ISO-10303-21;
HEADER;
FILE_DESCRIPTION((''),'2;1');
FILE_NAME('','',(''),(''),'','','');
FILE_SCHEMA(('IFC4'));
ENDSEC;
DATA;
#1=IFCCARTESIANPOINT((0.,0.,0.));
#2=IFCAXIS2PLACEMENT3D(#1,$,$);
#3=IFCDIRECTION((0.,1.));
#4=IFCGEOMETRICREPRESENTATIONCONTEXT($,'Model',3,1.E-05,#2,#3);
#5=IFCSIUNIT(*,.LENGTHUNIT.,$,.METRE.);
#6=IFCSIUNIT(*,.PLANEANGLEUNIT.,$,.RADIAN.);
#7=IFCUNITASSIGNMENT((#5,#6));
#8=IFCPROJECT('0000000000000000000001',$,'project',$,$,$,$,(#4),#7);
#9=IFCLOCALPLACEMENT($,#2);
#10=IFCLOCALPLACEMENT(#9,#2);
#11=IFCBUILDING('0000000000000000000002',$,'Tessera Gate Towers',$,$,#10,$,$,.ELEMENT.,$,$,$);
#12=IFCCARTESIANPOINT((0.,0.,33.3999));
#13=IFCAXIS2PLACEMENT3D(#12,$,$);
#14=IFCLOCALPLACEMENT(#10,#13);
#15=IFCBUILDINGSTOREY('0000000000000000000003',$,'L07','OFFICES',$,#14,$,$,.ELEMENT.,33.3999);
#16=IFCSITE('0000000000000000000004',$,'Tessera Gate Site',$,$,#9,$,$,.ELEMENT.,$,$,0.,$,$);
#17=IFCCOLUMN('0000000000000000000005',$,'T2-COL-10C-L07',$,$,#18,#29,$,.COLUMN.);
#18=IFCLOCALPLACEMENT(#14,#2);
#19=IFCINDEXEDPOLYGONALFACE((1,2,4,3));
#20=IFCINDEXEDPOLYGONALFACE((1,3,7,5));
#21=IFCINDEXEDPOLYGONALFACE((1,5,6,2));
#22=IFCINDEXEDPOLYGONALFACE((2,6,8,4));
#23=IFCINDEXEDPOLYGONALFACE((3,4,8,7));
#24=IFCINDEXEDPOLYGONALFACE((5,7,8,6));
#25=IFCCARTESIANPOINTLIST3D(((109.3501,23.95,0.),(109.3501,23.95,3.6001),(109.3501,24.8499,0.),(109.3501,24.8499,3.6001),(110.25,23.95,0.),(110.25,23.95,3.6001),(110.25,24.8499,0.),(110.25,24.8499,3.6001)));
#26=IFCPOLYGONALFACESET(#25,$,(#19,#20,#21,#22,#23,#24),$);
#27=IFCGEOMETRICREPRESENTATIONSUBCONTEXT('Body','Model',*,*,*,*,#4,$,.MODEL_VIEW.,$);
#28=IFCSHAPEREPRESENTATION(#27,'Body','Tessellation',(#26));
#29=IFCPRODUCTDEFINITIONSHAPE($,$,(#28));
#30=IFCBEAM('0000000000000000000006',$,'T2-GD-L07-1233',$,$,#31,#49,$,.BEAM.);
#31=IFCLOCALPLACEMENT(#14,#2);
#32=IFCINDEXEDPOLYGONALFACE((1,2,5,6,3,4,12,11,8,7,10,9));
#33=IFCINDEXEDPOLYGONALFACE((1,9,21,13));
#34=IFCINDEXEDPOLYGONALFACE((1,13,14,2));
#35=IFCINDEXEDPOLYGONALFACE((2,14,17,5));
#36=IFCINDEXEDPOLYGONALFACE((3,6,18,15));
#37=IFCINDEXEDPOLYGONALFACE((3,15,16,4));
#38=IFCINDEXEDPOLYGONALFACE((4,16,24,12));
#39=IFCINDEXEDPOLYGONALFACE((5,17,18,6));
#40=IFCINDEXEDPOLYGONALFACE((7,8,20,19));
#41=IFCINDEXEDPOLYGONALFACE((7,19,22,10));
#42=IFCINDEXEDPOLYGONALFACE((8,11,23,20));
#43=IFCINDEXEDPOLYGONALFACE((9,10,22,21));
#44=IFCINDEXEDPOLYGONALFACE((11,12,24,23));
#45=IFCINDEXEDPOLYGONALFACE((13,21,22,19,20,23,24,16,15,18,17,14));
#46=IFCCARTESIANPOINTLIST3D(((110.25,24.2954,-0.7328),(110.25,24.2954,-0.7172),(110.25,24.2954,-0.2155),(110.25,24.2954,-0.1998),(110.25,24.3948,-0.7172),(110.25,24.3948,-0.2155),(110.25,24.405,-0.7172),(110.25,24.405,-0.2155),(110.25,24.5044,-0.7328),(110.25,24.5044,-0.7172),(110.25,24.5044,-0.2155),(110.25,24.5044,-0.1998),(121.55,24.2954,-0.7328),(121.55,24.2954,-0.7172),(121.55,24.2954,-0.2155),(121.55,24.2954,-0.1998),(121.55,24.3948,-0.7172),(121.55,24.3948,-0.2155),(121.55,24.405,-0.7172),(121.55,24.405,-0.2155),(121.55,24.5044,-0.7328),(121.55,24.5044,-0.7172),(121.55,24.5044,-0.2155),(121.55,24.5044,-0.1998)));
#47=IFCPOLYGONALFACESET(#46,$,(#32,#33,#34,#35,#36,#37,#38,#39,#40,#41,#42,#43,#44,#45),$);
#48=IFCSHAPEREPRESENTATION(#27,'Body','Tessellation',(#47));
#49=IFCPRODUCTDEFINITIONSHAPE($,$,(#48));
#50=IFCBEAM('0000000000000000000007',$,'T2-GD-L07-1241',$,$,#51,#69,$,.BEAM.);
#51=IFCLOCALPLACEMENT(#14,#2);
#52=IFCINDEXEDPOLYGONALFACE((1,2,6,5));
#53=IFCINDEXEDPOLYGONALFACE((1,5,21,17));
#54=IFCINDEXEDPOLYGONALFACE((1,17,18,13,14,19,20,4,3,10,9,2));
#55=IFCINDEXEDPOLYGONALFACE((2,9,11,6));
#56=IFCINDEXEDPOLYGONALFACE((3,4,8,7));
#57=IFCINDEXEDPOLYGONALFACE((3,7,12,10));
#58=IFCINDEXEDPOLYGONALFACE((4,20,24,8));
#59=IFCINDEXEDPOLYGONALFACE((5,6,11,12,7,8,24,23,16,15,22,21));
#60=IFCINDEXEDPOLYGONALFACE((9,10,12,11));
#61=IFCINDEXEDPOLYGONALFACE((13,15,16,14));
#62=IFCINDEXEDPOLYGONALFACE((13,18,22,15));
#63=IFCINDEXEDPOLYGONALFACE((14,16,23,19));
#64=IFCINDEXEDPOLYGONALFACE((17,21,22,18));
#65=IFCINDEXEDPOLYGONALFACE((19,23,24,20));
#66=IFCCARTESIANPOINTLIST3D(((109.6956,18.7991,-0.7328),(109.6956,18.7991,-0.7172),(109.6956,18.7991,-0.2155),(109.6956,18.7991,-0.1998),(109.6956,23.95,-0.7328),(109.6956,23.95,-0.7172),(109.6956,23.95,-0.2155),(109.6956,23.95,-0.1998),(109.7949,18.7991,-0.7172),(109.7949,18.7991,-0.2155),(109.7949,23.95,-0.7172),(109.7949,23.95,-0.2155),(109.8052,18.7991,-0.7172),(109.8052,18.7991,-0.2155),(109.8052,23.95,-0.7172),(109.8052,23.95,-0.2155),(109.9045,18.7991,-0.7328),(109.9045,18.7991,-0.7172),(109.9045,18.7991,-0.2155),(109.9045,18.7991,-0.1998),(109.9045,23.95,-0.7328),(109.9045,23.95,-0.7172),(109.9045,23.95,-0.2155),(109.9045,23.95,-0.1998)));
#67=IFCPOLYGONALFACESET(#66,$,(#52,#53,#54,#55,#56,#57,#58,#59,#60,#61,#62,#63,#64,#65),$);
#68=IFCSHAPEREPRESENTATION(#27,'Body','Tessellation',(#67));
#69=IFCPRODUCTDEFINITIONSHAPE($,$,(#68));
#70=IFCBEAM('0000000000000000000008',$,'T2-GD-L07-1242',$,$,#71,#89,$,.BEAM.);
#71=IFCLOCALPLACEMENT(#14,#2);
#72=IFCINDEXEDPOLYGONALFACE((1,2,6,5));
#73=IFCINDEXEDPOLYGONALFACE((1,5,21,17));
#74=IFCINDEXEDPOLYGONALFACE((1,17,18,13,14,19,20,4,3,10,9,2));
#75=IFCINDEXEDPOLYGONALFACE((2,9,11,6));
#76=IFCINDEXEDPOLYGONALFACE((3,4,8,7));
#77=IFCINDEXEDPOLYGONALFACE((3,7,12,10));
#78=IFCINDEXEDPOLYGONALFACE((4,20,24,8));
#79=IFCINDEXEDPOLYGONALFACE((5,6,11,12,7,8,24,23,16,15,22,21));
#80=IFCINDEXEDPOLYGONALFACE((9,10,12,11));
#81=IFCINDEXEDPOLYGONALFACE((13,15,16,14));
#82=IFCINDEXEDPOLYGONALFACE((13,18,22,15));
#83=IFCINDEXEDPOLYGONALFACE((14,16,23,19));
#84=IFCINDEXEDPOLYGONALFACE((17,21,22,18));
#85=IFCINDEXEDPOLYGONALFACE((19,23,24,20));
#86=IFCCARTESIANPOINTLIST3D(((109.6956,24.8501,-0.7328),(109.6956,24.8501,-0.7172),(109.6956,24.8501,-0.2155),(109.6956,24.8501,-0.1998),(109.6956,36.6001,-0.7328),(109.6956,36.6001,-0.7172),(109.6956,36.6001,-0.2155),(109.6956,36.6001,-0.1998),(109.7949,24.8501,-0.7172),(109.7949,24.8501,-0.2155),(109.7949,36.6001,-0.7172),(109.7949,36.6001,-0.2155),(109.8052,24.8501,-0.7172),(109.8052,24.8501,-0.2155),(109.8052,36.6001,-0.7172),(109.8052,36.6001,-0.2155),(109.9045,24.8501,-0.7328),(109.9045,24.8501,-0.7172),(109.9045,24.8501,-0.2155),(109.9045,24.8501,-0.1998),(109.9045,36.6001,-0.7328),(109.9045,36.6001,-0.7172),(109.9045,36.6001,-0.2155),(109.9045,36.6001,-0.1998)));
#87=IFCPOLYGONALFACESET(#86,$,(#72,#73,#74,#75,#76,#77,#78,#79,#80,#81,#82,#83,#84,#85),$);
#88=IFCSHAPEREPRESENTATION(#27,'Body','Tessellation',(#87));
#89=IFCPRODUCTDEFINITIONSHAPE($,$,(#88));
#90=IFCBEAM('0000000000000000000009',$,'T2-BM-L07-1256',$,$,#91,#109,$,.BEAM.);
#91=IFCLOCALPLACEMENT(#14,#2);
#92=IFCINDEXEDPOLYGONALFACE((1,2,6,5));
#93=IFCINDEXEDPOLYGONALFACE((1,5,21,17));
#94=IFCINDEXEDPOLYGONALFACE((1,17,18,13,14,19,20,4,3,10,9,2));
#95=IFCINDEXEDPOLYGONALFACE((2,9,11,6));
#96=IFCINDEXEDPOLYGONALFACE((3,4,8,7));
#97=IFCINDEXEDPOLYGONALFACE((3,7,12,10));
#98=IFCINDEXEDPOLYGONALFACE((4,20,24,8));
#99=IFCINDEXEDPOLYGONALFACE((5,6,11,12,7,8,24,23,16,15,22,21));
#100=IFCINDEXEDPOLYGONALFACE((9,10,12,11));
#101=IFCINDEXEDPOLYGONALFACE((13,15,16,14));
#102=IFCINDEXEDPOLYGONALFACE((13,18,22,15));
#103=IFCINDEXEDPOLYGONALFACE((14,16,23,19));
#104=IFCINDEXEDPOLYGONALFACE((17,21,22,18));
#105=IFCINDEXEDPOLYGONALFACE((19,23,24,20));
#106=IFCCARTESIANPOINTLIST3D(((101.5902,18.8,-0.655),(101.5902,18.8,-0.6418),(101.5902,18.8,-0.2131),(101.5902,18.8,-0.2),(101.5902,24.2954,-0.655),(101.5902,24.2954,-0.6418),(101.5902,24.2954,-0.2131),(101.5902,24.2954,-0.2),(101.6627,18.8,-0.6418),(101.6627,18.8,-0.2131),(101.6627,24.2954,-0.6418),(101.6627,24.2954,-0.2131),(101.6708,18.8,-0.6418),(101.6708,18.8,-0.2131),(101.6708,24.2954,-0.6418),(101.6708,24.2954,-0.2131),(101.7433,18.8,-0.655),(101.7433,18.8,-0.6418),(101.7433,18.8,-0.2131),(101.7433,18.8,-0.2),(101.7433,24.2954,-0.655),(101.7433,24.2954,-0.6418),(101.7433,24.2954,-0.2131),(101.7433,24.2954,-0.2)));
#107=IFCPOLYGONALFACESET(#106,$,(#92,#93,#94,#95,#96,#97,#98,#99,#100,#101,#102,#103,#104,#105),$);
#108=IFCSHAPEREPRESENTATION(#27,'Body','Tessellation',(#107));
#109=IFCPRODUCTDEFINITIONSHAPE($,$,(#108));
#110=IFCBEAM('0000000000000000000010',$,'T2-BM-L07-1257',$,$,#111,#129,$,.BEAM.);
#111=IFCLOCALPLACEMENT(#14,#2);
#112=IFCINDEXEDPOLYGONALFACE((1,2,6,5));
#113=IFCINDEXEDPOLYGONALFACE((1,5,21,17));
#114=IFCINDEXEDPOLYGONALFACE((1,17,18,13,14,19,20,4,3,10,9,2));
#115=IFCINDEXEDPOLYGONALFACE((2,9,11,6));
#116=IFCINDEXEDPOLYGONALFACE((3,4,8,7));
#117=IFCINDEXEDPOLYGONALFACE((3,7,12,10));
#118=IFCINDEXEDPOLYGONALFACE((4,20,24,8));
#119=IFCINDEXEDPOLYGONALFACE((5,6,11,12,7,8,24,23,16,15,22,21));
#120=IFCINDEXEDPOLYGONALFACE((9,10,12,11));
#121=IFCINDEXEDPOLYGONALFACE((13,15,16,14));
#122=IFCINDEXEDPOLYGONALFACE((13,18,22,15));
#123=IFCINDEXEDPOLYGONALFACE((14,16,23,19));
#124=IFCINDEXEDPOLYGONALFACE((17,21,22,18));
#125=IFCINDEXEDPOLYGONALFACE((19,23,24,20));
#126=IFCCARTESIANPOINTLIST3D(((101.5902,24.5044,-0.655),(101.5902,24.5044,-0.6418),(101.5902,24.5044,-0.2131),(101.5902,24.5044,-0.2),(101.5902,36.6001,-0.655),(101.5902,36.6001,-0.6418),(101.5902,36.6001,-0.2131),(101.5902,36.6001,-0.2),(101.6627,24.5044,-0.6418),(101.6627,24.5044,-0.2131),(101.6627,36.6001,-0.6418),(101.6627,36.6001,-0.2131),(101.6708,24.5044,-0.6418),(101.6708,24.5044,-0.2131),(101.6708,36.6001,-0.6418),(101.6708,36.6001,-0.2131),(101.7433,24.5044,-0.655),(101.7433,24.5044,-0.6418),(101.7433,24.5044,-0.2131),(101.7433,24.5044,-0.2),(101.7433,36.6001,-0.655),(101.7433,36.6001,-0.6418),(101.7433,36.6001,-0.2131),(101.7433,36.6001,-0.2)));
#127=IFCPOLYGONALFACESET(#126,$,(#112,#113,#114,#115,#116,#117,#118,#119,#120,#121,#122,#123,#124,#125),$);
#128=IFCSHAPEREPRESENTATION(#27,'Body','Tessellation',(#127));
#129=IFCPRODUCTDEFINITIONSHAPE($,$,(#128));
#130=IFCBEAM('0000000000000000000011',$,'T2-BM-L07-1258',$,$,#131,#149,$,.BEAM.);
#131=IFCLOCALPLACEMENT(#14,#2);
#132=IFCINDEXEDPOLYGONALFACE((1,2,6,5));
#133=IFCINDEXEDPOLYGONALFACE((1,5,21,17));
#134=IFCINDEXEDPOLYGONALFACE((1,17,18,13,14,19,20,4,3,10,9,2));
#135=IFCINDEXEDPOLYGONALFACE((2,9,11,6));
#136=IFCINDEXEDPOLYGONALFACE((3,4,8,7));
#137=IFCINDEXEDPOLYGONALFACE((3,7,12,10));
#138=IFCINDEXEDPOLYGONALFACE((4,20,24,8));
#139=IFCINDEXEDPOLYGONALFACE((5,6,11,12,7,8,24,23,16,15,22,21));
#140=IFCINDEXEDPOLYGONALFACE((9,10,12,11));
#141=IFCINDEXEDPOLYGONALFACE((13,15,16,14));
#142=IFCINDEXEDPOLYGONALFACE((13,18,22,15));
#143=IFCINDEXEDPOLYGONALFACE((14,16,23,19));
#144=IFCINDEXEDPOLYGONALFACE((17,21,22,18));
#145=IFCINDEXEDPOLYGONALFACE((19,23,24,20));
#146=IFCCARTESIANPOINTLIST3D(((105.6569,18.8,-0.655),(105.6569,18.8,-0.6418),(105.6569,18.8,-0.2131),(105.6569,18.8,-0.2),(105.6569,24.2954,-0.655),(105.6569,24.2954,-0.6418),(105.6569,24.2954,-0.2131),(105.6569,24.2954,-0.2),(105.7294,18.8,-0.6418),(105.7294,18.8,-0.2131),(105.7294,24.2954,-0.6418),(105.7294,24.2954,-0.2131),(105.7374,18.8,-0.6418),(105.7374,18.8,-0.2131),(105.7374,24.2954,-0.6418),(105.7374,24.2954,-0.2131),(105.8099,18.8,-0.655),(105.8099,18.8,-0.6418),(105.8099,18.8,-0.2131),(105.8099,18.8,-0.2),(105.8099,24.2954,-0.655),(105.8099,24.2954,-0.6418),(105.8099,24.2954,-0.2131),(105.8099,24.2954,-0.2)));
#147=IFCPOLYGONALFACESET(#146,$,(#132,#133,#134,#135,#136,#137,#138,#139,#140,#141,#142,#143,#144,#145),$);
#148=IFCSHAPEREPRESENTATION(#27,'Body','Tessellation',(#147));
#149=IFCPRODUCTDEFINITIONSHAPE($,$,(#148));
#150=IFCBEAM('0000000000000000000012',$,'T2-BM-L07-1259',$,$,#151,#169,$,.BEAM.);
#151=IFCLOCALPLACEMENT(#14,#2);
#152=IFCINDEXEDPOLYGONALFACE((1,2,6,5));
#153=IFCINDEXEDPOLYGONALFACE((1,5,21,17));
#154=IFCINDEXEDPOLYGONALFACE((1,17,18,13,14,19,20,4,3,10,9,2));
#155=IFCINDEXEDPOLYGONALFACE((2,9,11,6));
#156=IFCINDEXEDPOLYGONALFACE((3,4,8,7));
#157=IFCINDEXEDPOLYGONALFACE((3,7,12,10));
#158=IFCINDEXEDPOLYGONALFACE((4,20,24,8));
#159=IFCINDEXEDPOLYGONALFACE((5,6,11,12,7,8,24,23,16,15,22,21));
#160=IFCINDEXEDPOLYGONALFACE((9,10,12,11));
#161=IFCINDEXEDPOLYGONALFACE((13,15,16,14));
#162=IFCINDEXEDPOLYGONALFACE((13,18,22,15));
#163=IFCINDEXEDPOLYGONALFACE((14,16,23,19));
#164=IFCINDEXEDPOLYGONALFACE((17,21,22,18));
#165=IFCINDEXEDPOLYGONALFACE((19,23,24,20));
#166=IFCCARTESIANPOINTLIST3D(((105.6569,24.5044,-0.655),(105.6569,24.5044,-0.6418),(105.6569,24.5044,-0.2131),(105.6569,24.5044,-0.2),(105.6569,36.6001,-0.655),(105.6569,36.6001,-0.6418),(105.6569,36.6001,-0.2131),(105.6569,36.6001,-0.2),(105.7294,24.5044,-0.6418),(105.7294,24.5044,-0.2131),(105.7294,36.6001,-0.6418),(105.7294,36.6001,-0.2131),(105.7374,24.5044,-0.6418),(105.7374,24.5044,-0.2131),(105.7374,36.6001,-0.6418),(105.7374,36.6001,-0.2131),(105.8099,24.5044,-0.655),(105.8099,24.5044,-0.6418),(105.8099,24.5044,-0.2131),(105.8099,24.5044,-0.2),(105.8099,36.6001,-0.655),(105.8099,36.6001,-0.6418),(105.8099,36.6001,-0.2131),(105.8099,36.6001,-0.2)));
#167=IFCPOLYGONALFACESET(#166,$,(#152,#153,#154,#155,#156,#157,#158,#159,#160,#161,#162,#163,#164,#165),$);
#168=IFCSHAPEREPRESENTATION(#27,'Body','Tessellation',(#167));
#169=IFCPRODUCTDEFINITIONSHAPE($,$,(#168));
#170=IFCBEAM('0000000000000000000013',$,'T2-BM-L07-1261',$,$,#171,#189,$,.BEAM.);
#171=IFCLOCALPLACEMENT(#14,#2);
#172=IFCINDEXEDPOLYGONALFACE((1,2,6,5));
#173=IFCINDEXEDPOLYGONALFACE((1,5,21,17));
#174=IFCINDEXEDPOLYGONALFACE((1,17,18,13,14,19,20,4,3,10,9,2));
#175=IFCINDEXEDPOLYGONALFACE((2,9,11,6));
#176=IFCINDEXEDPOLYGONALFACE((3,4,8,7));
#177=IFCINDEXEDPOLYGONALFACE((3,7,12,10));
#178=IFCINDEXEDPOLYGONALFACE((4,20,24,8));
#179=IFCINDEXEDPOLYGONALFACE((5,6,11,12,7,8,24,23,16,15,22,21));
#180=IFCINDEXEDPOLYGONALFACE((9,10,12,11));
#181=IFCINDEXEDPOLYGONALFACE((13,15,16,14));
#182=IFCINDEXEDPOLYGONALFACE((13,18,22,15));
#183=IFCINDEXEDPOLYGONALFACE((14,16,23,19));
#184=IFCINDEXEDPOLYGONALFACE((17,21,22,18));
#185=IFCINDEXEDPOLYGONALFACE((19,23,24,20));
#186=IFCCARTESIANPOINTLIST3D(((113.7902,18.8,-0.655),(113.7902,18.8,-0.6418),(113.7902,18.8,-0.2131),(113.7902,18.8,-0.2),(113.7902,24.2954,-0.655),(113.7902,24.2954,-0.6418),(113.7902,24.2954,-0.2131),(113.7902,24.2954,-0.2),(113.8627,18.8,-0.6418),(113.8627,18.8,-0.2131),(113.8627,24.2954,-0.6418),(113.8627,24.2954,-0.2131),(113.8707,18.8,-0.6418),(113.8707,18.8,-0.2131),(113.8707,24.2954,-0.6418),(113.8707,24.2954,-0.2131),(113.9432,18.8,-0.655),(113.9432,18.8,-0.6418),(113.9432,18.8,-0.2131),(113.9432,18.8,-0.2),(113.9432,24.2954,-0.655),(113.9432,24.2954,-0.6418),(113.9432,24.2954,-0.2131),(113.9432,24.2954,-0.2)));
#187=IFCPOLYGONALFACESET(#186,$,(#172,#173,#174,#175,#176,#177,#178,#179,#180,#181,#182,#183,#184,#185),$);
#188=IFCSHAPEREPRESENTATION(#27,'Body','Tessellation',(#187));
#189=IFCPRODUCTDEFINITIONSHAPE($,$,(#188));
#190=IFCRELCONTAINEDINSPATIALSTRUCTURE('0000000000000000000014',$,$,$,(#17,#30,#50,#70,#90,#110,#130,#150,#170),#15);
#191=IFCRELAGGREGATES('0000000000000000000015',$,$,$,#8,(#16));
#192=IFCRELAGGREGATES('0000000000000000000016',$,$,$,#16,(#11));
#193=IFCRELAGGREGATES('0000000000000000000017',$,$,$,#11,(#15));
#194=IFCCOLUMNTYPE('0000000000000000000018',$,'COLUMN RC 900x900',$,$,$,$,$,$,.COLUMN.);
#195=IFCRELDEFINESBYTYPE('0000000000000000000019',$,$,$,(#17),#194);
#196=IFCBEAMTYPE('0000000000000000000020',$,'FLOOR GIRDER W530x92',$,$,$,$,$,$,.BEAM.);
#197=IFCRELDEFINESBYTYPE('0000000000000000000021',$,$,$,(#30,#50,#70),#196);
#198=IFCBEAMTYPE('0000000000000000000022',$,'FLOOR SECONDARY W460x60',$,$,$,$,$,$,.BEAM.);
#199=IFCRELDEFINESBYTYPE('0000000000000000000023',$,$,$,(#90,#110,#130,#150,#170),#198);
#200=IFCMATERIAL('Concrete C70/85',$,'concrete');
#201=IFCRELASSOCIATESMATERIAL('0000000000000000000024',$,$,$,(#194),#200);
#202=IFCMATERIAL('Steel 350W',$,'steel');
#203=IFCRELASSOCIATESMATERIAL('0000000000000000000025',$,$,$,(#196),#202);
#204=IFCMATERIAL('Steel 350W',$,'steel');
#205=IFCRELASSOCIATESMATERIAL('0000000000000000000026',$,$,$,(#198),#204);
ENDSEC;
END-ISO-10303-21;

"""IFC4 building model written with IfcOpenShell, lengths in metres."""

from ifc_helpers import new_model, si_unit, direction, frame, origin, origin_2d, place, context, subcontext, project, spatial, rectangle, i_section, extrude, material, material_profile, profile_set, type_object, element, save


model = new_model("IFC4")

# Units and contexts
model_context = context("Model", 3, precision=1e-05, world=origin(), true_north=direction((0.0, 1.0)))
body_context = subcontext(model_context, "Body", "Model", "MODEL_VIEW")
ifc_project = project(units=[si_unit("LENGTHUNIT", "METRE"), si_unit("PLANEANGLEUNIT", "RADIAN")], contexts=[model_context])

# Site, building, storey
site_placement = place(None, origin())
site = spatial("IfcSite", under=ifc_project, at=site_placement, Name="Tessera Gate Site", CompositionType="ELEMENT", RefElevation=0.0)
building_placement = place(site_placement, origin())
building = spatial("IfcBuilding", under=site, at=building_placement, Name="Tessera Gate Towers", CompositionType="ELEMENT")
storey_placement = place(building_placement, frame((0.0, 0.0, 33.3999)))
storey = spatial("IfcBuildingStorey", under=building, at=storey_placement, Name="L07", Description="OFFICES", CompositionType="ELEMENT", Elevation=33.3999)

# Column
ifc_material_1 = material(Name="Concrete C70/85", Category="concrete")
ifc_material_profile_1 = material_profile(ifc_material_1, rectangle(XDim=0.8999, YDim=0.8999, at=origin_2d()), Name="RC 900x900")
ifc_profile_set_1 = profile_set([ifc_material_profile_1], Name="Concrete C70/85")
column_type = type_object("IfcColumnType", Name="COLUMN RC 900x900", PredefinedType="COLUMN", material=ifc_profile_set_1)
column_placement = place(storey_placement, frame((109.8, 24.3999, 0.0), z_axis=(0.0, 0.0, 1.0), x_axis=(1.0, 0.0, 0.0)))
element("IfcColumn", 1, at=column_placement, inside=storey, type_object=column_type, Name="T2-COL-10C-L07", PredefinedType="COLUMN", context=body_context, shape_type="SweptSolid", body=[
    extrude(rectangle(XDim=0.8999, YDim=0.8999, at=origin_2d()), origin(), (0.0, 0.0, 1.0), 3.6001),
])

# Beams
ifc_material_2 = material(Name="Steel 350W", Category="steel")
ifc_material_profile_2 = material_profile(ifc_material_2, i_section(OverallWidth=0.209, OverallDepth=0.533, WebThickness=0.0103, FlangeThickness=0.0156, at=origin_2d()), Name="W530x92")
ifc_profile_set_2 = profile_set([ifc_material_profile_2], Name="Steel 350W")
beam_type_1 = type_object("IfcBeamType", Name="FLOOR GIRDER W530x92", PredefinedType="BEAM", material=ifc_profile_set_2)
beam_1_placement = place(storey_placement, frame((110.25, 24.3999, -0.4663), z_axis=(1.0, 0.0, 0.0), x_axis=(0.0, 1.0, 0.0)))
element("IfcBeam", 2, at=beam_1_placement, inside=storey, type_object=beam_type_1, Name="T2-GD-L07-1233", PredefinedType="BEAM", context=body_context, shape_type="SweptSolid", body=[
    extrude(i_section(OverallWidth=0.209, OverallDepth=0.533, WebThickness=0.0103, FlangeThickness=0.0156, at=origin_2d()), origin(), (0.0, 0.0, 1.0), 11.3),
])
beam_2_placement = place(storey_placement, frame((109.8, 18.7991, -0.4663), z_axis=(0.0, 1.0, 0.0), x_axis=(-1.0, 0.0, 0.0)))
element("IfcBeam", 3, at=beam_2_placement, inside=storey, type_object=beam_type_1, Name="T2-GD-L07-1241", PredefinedType="BEAM", context=body_context, shape_type="SweptSolid", body=[
    extrude(i_section(OverallWidth=0.209, OverallDepth=0.533, WebThickness=0.0103, FlangeThickness=0.0156, at=origin_2d()), origin(), (0.0, 0.0, 1.0), 5.1509),
])
beam_3_placement = place(storey_placement, frame((109.8, 24.8501, -0.4663), z_axis=(0.0, 1.0, 0.0), x_axis=(-1.0, 0.0, 0.0)))
element("IfcBeam", 4, at=beam_3_placement, inside=storey, type_object=beam_type_1, Name="T2-GD-L07-1242", PredefinedType="BEAM", context=body_context, shape_type="SweptSolid", body=[
    extrude(i_section(OverallWidth=0.209, OverallDepth=0.533, WebThickness=0.0103, FlangeThickness=0.0156, at=origin_2d()), origin(), (0.0, 0.0, 1.0), 11.75),
])
ifc_material_3 = material(Name="Steel 350W", Category="steel")
ifc_material_profile_3 = material_profile(ifc_material_3, i_section(OverallWidth=0.1531, OverallDepth=0.4551, WebThickness=0.0081, FlangeThickness=0.0132, at=origin_2d()), Name="W460x60")
ifc_profile_set_3 = profile_set([ifc_material_profile_3], Name="Steel 350W")
beam_type_2 = type_object("IfcBeamType", Name="FLOOR SECONDARY W460x60", PredefinedType="BEAM", material=ifc_profile_set_3)
beam_4_placement = place(storey_placement, frame((101.6667, 18.8, -0.4275), z_axis=(0.0, 1.0, 0.0), x_axis=(-1.0, 0.0, 0.0)))
element("IfcBeam", 5, at=beam_4_placement, inside=storey, type_object=beam_type_2, Name="T2-BM-L07-1256", PredefinedType="BEAM", context=body_context, shape_type="SweptSolid", body=[
    extrude(i_section(OverallWidth=0.1531, OverallDepth=0.4551, WebThickness=0.0081, FlangeThickness=0.0132, at=origin_2d()), origin(), (0.0, 0.0, 1.0), 5.4954),
])
beam_5_placement = place(storey_placement, frame((101.6667, 24.5044, -0.4275), z_axis=(0.0, 1.0, 0.0), x_axis=(-1.0, 0.0, 0.0)))
element("IfcBeam", 6, at=beam_5_placement, inside=storey, type_object=beam_type_2, Name="T2-BM-L07-1257", PredefinedType="BEAM", context=body_context, shape_type="SweptSolid", body=[
    extrude(i_section(OverallWidth=0.1531, OverallDepth=0.4551, WebThickness=0.0081, FlangeThickness=0.0132, at=origin_2d()), origin(), (0.0, 0.0, 1.0), 12.0957),
])
beam_6_placement = place(storey_placement, frame((105.7334, 18.8, -0.4275), z_axis=(0.0, 1.0, 0.0), x_axis=(-1.0, 0.0, 0.0)))
element("IfcBeam", 7, at=beam_6_placement, inside=storey, type_object=beam_type_2, Name="T2-BM-L07-1258", PredefinedType="BEAM", context=body_context, shape_type="SweptSolid", body=[
    extrude(i_section(OverallWidth=0.1531, OverallDepth=0.4551, WebThickness=0.0081, FlangeThickness=0.0132, at=origin_2d()), origin(), (0.0, 0.0, 1.0), 5.4954),
])
beam_7_placement = place(storey_placement, frame((105.7334, 24.5044, -0.4275), z_axis=(0.0, 1.0, 0.0), x_axis=(-1.0, 0.0, 0.0)))
element("IfcBeam", 8, at=beam_7_placement, inside=storey, type_object=beam_type_2, Name="T2-BM-L07-1259", PredefinedType="BEAM", context=body_context, shape_type="SweptSolid", body=[
    extrude(i_section(OverallWidth=0.1531, OverallDepth=0.4551, WebThickness=0.0081, FlangeThickness=0.0132, at=origin_2d()), origin(), (0.0, 0.0, 1.0), 12.0957),
])
beam_8_placement = place(storey_placement, frame((113.8667, 18.8, -0.4275), z_axis=(0.0, 1.0, 0.0), x_axis=(-1.0, 0.0, 0.0)))
element("IfcBeam", 9, at=beam_8_placement, inside=storey, type_object=beam_type_2, Name="T2-BM-L07-1261", PredefinedType="BEAM", context=body_context, shape_type="SweptSolid", body=[
    extrude(i_section(OverallWidth=0.1531, OverallDepth=0.4551, WebThickness=0.0081, FlangeThickness=0.0132, at=origin_2d()), origin(), (0.0, 0.0, 1.0), 5.4954),
])

save(model, "model.ifc")
